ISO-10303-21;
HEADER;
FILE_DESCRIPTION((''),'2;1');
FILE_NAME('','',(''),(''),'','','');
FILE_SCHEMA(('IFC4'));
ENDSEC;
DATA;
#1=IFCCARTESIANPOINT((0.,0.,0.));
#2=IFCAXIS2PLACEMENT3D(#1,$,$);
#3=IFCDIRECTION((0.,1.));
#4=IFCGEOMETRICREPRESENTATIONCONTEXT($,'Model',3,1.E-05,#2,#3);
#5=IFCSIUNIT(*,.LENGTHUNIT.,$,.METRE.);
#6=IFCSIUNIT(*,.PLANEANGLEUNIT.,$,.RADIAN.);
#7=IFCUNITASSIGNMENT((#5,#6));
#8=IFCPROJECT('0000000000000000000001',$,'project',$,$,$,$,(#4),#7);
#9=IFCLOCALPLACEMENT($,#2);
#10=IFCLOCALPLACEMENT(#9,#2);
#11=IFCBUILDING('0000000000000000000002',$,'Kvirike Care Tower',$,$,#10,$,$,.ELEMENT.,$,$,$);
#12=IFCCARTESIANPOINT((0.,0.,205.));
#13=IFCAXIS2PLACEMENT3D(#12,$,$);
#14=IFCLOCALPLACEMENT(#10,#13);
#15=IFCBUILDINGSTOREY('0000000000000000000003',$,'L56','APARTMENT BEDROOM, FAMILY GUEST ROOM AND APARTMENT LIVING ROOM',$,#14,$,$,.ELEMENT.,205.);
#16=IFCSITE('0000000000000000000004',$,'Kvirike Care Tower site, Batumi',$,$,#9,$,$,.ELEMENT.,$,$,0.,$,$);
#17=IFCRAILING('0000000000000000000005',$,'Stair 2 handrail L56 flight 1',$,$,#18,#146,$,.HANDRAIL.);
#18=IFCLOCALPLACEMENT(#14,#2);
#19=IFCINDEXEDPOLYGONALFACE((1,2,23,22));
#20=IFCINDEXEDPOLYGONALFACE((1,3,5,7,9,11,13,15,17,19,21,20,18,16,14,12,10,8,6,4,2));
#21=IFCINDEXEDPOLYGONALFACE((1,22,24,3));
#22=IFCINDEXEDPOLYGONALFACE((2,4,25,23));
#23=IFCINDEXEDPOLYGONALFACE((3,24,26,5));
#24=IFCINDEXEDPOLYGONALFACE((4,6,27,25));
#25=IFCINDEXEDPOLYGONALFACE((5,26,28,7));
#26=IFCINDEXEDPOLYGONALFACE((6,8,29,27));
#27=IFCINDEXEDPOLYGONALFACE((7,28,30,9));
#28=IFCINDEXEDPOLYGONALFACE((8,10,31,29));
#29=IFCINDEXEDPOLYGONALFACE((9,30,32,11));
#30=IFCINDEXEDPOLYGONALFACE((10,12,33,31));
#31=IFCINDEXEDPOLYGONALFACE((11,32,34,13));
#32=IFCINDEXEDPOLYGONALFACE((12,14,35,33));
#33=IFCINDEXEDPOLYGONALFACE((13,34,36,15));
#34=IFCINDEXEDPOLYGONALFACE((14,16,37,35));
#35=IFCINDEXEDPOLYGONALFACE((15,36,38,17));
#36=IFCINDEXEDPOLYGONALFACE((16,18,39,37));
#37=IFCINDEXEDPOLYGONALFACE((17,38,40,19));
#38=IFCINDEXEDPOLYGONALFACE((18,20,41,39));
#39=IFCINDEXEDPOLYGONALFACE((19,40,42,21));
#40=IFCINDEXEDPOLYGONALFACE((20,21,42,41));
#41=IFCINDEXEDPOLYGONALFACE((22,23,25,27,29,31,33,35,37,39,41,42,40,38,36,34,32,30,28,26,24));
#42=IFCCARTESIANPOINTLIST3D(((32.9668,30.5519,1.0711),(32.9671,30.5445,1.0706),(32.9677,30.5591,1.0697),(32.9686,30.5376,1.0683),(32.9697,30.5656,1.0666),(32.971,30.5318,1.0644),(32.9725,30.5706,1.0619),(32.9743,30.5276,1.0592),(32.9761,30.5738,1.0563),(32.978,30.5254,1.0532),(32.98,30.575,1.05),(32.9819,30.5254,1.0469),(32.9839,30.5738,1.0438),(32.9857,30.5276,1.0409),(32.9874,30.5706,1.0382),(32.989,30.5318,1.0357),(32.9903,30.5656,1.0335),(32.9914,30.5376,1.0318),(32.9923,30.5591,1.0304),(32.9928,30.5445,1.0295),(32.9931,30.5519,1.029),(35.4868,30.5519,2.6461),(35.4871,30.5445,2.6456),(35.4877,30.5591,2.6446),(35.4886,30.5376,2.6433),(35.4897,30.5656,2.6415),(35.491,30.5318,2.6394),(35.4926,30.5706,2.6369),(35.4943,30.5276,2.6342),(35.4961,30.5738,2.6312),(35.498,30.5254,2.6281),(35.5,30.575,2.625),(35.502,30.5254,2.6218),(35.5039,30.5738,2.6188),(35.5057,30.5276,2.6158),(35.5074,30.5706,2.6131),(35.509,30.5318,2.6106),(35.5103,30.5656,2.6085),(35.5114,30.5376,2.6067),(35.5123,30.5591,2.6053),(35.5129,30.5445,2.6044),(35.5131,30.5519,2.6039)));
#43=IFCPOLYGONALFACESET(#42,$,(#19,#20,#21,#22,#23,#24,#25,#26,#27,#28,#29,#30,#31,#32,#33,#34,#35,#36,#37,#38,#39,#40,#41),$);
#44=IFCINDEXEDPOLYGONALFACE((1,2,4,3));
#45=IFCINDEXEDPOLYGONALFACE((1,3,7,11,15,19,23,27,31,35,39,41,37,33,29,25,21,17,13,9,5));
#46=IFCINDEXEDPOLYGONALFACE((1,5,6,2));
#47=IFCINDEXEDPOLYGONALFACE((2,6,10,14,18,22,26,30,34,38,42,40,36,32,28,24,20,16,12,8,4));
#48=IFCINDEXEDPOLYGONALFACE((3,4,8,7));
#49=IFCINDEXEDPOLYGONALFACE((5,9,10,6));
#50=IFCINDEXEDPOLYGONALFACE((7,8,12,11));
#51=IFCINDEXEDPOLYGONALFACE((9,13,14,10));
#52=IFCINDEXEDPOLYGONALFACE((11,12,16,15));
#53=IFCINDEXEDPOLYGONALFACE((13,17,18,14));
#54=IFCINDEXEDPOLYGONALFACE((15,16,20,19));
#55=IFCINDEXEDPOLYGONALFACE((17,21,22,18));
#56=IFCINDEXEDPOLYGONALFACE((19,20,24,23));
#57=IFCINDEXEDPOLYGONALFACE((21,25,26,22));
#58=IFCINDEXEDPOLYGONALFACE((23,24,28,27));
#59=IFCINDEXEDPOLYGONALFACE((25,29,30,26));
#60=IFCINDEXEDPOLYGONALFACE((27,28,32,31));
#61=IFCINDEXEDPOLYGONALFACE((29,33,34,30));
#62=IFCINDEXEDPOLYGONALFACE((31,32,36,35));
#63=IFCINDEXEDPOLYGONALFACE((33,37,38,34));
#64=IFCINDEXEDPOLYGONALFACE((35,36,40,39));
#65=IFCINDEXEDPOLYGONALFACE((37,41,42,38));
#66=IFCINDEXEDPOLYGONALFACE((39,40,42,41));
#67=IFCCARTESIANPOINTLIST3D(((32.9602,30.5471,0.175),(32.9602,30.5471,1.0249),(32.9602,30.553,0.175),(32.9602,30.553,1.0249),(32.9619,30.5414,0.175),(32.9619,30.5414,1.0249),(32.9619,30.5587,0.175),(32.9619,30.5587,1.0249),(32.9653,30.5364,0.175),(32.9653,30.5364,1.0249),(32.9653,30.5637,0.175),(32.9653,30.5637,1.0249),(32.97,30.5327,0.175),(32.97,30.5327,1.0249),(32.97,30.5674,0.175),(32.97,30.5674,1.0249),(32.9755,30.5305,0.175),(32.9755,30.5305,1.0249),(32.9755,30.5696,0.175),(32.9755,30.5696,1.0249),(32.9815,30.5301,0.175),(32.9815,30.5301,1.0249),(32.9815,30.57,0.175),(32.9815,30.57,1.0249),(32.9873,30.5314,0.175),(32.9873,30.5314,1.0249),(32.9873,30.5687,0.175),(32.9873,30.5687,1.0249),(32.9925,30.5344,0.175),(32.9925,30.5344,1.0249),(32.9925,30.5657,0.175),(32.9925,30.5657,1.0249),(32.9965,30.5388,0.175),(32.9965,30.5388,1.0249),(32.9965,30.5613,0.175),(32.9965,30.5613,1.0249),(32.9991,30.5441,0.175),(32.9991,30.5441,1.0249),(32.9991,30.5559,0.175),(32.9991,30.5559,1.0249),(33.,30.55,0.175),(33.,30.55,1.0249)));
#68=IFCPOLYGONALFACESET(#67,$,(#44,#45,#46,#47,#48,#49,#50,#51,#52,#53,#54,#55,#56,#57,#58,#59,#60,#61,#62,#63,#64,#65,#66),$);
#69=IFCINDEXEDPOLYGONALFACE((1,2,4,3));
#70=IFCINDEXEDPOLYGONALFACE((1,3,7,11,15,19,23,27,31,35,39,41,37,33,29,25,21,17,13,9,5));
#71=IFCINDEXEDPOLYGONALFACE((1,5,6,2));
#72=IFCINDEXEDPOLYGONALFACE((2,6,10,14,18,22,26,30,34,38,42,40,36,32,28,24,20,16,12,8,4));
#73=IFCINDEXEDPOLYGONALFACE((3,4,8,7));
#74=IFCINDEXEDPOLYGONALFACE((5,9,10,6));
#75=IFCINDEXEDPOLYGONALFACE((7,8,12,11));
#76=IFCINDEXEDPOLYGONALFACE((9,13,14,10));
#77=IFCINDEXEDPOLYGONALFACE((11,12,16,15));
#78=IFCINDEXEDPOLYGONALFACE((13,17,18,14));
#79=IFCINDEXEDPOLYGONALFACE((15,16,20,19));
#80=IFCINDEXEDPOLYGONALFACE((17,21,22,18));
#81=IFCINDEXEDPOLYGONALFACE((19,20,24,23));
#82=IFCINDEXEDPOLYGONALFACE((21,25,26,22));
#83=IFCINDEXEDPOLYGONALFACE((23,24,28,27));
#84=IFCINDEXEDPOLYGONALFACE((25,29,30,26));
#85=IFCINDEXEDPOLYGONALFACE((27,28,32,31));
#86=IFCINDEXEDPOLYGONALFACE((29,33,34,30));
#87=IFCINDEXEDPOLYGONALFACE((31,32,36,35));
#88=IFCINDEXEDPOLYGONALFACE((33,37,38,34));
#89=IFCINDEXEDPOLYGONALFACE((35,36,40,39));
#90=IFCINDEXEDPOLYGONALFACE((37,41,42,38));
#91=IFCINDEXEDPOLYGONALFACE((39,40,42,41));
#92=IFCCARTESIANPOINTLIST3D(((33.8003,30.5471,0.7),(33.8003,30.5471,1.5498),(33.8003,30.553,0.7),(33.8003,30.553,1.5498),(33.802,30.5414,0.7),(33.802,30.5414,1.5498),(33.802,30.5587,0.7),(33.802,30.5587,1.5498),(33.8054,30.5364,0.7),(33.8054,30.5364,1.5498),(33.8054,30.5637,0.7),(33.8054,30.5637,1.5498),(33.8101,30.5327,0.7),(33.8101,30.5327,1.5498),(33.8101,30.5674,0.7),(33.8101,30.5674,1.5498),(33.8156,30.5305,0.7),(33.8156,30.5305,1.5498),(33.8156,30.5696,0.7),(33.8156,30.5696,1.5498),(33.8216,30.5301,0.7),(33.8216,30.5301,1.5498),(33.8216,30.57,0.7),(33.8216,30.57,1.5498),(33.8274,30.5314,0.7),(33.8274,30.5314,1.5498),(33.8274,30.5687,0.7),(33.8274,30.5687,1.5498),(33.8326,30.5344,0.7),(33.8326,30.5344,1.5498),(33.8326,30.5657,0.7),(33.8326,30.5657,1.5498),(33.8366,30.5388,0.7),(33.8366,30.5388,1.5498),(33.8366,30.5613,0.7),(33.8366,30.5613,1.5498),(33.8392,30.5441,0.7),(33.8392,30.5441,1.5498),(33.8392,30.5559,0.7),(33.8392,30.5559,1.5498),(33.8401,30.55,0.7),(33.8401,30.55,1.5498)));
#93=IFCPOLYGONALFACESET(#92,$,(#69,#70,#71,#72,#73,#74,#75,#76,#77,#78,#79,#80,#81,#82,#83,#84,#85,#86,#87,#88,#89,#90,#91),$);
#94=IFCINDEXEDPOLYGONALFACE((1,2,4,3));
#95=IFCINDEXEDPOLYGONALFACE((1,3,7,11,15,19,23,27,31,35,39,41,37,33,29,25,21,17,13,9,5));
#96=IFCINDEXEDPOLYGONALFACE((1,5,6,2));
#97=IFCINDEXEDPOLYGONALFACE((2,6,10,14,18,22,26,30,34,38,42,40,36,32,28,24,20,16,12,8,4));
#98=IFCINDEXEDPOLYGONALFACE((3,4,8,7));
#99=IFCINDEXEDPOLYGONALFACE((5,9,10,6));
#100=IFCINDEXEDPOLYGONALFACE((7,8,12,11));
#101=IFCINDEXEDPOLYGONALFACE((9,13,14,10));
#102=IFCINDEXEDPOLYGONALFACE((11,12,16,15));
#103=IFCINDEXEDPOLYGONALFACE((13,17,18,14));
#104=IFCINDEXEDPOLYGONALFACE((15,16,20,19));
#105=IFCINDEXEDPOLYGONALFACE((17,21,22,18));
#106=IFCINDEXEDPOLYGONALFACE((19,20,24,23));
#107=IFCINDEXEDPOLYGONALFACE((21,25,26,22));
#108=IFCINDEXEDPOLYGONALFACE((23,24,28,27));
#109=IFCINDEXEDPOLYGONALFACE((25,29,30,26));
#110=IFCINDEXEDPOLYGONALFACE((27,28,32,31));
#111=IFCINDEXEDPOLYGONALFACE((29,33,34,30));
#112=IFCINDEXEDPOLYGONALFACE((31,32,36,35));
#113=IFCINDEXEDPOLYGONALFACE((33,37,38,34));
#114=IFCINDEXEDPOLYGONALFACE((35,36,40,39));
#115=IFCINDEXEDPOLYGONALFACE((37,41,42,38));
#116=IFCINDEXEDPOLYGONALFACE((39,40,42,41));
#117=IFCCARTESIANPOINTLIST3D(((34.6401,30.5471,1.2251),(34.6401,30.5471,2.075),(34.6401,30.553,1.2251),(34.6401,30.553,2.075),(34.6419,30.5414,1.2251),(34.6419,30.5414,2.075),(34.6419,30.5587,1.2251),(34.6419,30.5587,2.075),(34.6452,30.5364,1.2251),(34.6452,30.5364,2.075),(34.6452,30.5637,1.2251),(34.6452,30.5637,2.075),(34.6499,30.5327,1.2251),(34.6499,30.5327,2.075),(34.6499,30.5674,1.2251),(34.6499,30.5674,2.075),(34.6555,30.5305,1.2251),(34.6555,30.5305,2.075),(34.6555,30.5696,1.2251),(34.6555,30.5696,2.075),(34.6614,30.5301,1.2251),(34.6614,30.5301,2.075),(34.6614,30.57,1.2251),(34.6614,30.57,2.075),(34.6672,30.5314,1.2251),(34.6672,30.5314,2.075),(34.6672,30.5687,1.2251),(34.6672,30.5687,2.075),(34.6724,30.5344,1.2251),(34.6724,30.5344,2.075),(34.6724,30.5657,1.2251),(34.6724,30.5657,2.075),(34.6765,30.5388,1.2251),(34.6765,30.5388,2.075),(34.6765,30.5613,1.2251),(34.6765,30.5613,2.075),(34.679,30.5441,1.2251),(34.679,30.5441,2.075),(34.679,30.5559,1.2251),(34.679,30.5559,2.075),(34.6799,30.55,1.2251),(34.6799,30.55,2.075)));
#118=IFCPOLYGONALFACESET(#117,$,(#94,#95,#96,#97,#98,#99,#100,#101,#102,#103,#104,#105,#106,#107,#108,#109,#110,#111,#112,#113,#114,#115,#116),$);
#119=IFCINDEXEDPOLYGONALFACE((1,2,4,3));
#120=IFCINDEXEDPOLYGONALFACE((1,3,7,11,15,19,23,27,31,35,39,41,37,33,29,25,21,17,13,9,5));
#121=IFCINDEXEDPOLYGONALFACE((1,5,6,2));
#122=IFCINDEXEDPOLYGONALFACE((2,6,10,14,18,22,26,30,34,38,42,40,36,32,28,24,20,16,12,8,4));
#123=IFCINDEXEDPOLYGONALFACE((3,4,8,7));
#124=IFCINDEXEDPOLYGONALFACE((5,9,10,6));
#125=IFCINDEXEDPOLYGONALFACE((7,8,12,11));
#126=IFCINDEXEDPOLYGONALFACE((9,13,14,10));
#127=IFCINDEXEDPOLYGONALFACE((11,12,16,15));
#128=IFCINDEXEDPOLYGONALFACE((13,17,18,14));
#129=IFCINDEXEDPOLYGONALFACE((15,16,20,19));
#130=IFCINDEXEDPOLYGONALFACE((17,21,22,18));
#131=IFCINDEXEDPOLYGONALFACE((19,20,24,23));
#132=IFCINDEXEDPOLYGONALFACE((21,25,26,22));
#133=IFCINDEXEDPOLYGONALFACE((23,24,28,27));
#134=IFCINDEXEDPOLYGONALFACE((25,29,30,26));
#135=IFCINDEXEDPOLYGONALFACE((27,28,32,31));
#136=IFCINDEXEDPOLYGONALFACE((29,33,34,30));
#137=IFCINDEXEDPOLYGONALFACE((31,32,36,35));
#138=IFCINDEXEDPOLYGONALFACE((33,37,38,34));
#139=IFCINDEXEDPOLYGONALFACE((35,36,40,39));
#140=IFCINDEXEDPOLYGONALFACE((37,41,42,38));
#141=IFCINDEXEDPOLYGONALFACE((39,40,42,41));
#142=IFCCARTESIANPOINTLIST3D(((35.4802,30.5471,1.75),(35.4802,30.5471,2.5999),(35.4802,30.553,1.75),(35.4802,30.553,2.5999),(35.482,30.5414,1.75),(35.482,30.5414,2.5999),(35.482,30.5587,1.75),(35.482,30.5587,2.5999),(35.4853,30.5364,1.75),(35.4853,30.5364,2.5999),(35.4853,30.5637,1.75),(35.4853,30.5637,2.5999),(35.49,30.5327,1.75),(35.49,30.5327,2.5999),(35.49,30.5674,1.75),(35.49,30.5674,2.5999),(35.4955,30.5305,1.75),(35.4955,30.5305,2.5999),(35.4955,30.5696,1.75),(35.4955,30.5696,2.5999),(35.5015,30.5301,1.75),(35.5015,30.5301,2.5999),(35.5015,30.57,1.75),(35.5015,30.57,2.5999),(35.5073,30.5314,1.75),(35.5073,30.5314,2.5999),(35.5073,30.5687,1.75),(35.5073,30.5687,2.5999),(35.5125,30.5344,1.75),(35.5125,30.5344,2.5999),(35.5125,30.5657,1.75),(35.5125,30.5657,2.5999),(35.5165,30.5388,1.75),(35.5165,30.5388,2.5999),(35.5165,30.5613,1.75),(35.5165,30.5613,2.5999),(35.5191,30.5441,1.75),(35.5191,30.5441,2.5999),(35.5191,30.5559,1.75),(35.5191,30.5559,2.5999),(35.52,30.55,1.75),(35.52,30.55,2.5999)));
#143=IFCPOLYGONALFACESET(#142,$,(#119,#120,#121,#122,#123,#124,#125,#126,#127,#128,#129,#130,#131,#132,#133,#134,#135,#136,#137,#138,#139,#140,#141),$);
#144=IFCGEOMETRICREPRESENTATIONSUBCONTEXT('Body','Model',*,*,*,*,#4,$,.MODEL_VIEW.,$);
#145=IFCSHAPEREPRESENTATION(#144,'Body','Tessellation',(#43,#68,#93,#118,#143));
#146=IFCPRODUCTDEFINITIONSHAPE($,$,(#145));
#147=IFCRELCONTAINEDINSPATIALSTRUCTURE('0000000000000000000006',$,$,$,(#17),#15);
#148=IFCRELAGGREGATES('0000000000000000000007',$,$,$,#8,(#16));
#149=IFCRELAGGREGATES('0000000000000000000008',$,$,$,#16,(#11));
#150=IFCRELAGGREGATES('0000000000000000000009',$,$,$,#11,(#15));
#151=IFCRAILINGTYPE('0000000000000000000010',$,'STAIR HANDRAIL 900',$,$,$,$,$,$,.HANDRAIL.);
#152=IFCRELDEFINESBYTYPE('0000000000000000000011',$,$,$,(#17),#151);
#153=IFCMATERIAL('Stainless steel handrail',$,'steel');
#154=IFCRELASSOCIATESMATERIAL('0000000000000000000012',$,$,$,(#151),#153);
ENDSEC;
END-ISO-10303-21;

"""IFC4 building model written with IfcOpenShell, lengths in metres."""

from ifc_helpers import new_model, si_unit, direction, frame, origin, origin_2d, place, context, subcontext, project, spatial, circle, extrude, material, type_object, element, save


model = new_model("IFC4")

# Units and contexts
model_context = context("Model", 3, precision=1e-05, world=origin(), true_north=direction((0.0, 1.0)))
body_context = subcontext(model_context, "Body", "Model", "MODEL_VIEW")
ifc_project = project(units=[si_unit("LENGTHUNIT", "METRE"), si_unit("PLANEANGLEUNIT", "RADIAN")], contexts=[model_context])

# Site, building, storey
site_placement = place(None, origin())
site = spatial("IfcSite", under=ifc_project, at=site_placement, Name="Kvirike Care Tower site, Batumi", CompositionType="ELEMENT", RefElevation=0.0)
building_placement = place(site_placement, origin())
building = spatial("IfcBuilding", under=site, at=building_placement, Name="Kvirike Care Tower", CompositionType="ELEMENT")
storey_placement = place(building_placement, frame((0.0, 0.0, 205.0)))
storey = spatial("IfcBuildingStorey", under=building, at=storey_placement, Name="L56", Description="APARTMENT BEDROOM, FAMILY GUEST ROOM AND APARTMENT LIVING ROOM", CompositionType="ELEMENT", Elevation=205.0)

# Railing
ifc_material_1 = material(Name="Stainless steel handrail", Category="steel")
railing_type = type_object("IfcRailingType", Name="STAIR HANDRAIL 900", PredefinedType="HANDRAIL", material=ifc_material_1)
railing_1_placement = place(storey_placement, frame((32.98, 30.55, 0.175)))
element("IfcRailing", 1, at=railing_1_placement, inside=storey, type_object=railing_type, Name="Stair 2 handrail L56 flight 1", PredefinedType="HANDRAIL", context=body_context, shape_type="SweptSolid", body=[
    extrude(circle(Radius=0.0249, at=origin_2d()), frame((0.0, 0.0, 0.875), z_axis=(0.848008, 0.0, 0.529984), x_axis=(0.0, 1.0, 0.0)), (0.0, 0.0, 1.0), 2.9717),
    extrude(circle(Radius=0.02, at=origin_2d()), origin(), (0.0, 0.0, 1.0), 0.8499),
    extrude(circle(Radius=0.02, at=origin_2d()), frame((0.8401, 0.0, 0.5249)), (0.0, 0.0, 1.0), 0.8499),
    extrude(circle(Radius=0.02, at=origin_2d()), frame((1.6799, 0.0, 1.05)), (0.0, 0.0, 1.0), 0.8499),
    extrude(circle(Radius=0.02, at=origin_2d()), frame((2.52, 0.0, 1.575)), (0.0, 0.0, 1.0), 0.8499),
])

save(model, "model.ifc")
